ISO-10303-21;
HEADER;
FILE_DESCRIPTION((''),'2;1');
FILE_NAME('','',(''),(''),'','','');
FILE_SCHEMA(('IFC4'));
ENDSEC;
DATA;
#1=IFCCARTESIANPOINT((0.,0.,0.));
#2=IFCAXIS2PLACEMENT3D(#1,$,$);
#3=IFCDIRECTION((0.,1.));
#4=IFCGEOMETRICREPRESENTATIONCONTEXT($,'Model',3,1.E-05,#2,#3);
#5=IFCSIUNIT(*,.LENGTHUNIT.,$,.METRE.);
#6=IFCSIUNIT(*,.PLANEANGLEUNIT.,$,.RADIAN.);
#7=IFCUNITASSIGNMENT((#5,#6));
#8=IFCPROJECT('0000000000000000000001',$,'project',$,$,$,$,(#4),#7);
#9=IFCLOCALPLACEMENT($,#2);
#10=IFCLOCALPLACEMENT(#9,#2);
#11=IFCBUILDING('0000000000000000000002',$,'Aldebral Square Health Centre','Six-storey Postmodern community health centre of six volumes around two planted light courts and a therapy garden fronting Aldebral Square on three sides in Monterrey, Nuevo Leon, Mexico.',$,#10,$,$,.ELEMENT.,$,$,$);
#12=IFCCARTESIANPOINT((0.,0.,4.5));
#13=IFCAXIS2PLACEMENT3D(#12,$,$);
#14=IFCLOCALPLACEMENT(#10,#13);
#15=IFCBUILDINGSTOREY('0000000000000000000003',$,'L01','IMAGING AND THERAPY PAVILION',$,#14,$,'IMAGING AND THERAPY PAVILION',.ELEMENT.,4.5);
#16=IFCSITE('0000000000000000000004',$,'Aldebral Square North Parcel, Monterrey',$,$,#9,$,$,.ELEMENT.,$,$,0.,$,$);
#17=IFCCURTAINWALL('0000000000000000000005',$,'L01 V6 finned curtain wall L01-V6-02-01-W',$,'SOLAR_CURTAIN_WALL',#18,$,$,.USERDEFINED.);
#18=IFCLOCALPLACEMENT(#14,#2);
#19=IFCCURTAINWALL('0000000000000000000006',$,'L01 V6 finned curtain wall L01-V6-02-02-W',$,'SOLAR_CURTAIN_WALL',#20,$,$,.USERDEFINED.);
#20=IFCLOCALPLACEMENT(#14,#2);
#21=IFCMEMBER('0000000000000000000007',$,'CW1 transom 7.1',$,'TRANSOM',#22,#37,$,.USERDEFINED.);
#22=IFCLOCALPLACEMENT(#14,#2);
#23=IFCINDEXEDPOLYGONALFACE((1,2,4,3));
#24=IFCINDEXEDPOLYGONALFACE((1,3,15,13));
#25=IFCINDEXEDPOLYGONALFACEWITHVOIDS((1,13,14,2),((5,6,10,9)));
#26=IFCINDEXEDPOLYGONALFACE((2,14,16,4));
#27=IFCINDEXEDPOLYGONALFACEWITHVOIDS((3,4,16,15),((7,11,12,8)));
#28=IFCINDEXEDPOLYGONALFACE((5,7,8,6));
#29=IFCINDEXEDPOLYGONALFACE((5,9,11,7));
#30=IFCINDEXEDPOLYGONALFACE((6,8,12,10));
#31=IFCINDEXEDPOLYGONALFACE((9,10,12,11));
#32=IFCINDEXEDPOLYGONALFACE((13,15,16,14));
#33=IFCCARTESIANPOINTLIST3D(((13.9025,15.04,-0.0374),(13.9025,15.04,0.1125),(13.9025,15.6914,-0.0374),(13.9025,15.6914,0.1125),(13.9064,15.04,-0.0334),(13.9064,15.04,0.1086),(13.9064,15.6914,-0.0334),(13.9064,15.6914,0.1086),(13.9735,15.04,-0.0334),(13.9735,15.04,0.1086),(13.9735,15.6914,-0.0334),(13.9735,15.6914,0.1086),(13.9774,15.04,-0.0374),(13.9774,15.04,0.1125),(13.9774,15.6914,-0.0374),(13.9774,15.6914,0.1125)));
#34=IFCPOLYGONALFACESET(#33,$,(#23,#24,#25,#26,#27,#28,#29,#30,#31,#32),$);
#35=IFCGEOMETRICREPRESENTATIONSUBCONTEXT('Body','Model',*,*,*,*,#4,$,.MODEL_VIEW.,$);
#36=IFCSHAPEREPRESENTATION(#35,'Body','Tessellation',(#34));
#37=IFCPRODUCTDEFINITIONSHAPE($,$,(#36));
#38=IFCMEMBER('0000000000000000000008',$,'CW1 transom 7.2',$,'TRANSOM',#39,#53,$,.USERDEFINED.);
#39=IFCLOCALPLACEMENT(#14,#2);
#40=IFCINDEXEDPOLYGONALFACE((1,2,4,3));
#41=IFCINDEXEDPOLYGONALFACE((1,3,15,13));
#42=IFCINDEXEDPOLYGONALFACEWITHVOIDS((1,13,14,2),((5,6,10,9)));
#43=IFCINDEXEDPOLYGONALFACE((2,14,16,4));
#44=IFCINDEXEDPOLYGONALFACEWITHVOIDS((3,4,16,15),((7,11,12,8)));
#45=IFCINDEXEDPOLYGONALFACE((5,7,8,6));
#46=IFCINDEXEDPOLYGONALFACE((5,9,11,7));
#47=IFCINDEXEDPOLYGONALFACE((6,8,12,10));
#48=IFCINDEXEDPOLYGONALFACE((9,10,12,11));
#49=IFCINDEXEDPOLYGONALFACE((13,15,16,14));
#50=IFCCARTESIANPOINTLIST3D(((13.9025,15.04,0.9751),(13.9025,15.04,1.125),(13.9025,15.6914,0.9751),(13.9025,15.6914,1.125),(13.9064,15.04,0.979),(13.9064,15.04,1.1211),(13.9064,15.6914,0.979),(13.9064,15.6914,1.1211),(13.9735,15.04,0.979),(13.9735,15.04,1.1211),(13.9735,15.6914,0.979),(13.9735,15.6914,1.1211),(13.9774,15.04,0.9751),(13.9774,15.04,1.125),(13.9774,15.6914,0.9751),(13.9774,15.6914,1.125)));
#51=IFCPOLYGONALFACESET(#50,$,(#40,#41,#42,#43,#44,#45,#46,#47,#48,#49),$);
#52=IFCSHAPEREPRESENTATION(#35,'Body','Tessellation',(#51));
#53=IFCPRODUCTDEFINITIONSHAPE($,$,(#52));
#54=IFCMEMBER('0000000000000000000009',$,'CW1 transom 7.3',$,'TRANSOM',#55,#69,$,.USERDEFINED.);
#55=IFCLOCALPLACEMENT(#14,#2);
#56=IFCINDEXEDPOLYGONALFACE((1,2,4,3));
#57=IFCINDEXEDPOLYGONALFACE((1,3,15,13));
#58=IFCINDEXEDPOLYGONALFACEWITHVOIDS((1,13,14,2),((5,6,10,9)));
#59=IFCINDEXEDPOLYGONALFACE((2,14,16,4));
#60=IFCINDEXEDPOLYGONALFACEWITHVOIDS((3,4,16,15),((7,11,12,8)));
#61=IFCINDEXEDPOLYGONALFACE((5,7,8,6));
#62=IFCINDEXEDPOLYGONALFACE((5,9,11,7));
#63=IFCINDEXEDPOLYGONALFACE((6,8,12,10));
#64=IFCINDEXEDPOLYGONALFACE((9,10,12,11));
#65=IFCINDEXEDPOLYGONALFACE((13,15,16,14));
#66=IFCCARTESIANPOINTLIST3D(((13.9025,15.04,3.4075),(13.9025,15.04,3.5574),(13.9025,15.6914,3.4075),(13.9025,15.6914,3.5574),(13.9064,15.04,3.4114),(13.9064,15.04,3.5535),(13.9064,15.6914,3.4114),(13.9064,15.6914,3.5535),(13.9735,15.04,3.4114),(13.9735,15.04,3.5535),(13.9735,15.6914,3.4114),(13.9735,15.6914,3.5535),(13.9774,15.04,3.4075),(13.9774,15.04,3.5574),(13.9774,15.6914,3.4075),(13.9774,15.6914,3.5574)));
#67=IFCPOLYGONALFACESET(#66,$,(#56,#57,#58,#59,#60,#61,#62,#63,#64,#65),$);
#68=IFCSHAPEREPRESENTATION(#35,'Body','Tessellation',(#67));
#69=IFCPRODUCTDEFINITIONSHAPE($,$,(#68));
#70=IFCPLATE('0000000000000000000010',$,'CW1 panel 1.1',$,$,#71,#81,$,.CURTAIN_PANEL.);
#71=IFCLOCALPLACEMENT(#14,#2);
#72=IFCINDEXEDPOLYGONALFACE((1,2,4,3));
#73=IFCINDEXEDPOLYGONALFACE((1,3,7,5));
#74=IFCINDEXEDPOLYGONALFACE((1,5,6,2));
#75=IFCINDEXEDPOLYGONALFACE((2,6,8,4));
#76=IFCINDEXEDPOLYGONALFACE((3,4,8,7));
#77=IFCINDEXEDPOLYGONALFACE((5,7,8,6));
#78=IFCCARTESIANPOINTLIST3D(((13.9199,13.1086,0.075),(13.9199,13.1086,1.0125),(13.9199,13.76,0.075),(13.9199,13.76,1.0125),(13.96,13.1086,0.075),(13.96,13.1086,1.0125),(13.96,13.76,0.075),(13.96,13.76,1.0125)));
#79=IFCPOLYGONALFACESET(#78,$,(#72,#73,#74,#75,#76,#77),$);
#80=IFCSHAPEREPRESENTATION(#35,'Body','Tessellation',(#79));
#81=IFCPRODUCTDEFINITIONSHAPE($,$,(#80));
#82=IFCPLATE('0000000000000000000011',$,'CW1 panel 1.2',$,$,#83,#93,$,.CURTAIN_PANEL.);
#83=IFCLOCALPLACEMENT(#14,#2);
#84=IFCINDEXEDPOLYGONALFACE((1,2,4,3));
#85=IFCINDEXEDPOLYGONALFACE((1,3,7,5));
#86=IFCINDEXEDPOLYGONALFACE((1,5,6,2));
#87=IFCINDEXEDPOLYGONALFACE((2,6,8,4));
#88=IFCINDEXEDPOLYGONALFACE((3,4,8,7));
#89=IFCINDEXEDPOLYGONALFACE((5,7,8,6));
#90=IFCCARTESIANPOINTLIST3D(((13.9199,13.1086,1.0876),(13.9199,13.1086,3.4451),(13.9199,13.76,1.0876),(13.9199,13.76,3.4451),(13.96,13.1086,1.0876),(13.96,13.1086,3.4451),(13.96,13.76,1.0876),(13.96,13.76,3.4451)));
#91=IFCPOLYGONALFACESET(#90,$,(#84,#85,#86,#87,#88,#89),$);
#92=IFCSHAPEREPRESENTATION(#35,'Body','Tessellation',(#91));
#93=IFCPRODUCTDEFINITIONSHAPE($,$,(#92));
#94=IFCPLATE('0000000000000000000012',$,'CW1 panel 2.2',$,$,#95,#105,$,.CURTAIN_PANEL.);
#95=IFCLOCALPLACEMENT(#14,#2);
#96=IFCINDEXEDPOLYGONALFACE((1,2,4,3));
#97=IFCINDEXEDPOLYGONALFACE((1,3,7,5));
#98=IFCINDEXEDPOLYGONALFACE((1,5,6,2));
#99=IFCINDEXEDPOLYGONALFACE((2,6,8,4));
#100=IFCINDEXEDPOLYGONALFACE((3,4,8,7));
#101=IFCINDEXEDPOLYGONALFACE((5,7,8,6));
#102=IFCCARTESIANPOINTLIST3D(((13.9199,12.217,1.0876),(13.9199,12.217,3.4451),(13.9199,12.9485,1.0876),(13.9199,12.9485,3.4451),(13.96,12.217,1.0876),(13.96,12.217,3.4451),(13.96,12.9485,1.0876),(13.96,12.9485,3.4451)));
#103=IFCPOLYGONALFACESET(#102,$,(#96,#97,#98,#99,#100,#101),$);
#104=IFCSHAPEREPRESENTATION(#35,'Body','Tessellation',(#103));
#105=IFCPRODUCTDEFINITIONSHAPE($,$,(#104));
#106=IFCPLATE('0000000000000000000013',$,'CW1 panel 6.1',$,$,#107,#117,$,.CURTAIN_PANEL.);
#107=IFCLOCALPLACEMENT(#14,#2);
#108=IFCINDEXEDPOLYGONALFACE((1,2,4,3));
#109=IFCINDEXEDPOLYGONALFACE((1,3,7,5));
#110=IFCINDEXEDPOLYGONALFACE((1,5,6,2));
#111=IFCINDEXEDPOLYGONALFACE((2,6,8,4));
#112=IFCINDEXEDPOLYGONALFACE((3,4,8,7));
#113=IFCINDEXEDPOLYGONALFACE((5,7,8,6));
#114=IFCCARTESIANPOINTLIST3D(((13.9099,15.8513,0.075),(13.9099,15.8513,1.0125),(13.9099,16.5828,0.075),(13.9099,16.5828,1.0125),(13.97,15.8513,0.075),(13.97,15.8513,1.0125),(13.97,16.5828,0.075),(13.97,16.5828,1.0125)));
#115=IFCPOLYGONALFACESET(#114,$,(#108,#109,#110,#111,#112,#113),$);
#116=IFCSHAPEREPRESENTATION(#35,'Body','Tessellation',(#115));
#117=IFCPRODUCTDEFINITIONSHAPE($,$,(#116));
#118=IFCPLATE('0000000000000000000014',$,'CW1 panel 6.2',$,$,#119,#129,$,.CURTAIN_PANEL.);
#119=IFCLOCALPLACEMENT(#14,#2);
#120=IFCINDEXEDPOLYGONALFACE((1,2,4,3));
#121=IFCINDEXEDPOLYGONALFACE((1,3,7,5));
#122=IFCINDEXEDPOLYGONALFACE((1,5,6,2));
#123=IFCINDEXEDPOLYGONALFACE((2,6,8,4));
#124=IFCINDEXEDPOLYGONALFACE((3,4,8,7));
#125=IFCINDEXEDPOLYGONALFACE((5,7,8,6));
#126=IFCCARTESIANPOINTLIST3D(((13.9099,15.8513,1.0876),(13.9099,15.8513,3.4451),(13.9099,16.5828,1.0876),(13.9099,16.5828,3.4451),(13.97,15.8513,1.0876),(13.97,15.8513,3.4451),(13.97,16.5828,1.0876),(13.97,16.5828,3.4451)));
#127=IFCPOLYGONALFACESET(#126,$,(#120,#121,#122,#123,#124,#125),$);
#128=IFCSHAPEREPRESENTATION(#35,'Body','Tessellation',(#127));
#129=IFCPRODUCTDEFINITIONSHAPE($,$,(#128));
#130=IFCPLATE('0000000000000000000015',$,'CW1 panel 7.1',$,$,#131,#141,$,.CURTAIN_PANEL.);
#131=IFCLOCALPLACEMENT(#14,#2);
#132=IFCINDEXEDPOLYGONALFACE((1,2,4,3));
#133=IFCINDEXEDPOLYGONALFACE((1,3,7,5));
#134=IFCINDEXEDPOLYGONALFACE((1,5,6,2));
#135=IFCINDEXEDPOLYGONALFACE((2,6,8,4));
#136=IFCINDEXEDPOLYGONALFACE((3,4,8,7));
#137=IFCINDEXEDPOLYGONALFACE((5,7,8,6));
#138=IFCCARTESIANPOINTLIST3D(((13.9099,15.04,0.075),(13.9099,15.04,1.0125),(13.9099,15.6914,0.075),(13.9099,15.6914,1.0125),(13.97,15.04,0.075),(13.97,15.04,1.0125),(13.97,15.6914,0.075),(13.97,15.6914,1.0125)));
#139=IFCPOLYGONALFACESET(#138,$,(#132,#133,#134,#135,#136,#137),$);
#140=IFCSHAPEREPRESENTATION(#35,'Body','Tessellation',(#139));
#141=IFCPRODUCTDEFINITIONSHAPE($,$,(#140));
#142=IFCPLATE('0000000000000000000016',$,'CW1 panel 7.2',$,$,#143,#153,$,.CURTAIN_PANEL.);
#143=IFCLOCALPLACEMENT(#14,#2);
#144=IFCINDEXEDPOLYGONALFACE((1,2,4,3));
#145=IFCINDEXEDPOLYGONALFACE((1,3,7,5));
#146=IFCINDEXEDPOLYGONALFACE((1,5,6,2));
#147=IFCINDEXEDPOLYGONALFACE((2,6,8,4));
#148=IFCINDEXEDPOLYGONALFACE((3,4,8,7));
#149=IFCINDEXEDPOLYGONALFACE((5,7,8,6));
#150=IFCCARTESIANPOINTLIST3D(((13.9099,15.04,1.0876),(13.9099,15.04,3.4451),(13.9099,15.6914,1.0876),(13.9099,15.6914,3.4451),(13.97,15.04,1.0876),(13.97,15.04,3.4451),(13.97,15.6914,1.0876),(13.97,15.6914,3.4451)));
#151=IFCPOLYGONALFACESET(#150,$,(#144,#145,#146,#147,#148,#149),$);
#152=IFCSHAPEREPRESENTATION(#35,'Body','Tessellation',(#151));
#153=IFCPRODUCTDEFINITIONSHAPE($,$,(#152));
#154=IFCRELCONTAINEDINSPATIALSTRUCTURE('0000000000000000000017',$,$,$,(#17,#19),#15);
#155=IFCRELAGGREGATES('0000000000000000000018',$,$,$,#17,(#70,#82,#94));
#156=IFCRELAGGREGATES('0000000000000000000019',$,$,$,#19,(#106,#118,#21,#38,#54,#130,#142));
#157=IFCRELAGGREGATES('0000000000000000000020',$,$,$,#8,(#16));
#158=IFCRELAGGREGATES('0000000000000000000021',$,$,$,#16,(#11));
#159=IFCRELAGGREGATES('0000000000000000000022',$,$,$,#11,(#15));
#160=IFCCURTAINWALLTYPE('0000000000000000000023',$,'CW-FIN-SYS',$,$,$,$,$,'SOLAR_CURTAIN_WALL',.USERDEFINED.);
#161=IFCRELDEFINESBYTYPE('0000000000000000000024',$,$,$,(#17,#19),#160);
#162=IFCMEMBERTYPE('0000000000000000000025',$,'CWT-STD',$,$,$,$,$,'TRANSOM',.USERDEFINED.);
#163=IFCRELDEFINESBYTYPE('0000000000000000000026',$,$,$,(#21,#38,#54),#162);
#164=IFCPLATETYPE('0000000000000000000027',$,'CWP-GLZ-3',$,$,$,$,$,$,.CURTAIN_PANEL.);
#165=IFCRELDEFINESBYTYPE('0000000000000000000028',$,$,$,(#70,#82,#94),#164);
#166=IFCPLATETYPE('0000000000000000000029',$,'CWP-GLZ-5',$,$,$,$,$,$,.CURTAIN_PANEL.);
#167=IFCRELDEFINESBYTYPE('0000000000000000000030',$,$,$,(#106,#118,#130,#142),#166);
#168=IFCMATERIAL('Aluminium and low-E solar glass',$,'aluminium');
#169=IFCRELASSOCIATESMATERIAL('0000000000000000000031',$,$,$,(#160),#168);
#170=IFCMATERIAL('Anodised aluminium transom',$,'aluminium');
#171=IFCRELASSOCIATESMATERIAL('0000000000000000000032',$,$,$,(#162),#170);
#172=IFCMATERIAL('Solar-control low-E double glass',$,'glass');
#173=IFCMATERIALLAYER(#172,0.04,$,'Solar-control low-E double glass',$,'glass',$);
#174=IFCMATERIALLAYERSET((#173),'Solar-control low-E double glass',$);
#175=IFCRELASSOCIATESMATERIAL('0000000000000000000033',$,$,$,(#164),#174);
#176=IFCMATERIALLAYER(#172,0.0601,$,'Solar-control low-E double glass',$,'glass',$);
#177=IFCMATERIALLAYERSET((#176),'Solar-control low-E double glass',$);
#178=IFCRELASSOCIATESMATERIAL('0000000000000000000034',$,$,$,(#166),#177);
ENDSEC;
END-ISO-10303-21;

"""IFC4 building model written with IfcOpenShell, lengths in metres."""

from ifc_helpers import new_model, si_unit, direction, frame, origin, origin_2d, place, context, subcontext, project, spatial, rectangle, hollow_rectangle, extrude, material, layer, layer_set, material_profile, profile_set, type_object, element, aggregate, save


model = new_model("IFC4")

# Units and contexts
model_context = context("Model", 3, precision=1e-05, world=origin(), true_north=direction((0.0, 1.0)))
body_context = subcontext(model_context, "Body", "Model", "MODEL_VIEW")
ifc_project = project(units=[si_unit("LENGTHUNIT", "METRE"), si_unit("PLANEANGLEUNIT", "RADIAN")], contexts=[model_context])

# Site, building, storey
site_placement = place(None, origin())
site = spatial("IfcSite", under=ifc_project, at=site_placement, Name="Aldebral Square North Parcel, Monterrey", CompositionType="ELEMENT", RefElevation=0.0)
building_placement = place(site_placement, origin())
building = spatial("IfcBuilding", under=site, at=building_placement, Name="Aldebral Square Health Centre", Description="Six-storey Postmodern community health centre of six volumes around two planted light courts and a therapy garden fronting Aldebral Square on three sides in Monterrey, Nuevo Leon, Mexico.", CompositionType="ELEMENT")
storey_placement = place(building_placement, frame((0.0, 0.0, 4.5)))
storey = spatial("IfcBuildingStorey", under=building, at=storey_placement, Name="L01", Description="IMAGING AND THERAPY PAVILION", LongName="IMAGING AND THERAPY PAVILION", CompositionType="ELEMENT", Elevation=4.5)

# Curtain walls
ifc_material_1 = material(Name="Aluminium and low-E solar glass", Category="aluminium")
curtain_wall_type = type_object("IfcCurtainWallType", Name="CW-FIN-SYS", ElementType="SOLAR_CURTAIN_WALL", PredefinedType="USERDEFINED", material=ifc_material_1)
curtain_wall_1_placement = place(storey_placement, origin())
curtain_wall_1 = element("IfcCurtainWall", 1, at=curtain_wall_1_placement, inside=storey, type_object=curtain_wall_type, Name="L01 V6 finned curtain wall L01-V6-02-01-W", ObjectType="SOLAR_CURTAIN_WALL", PredefinedType="USERDEFINED")
curtain_wall_2_placement = place(storey_placement, origin())
curtain_wall_2 = element("IfcCurtainWall", 2, at=curtain_wall_2_placement, inside=storey, type_object=curtain_wall_type, Name="L01 V6 finned curtain wall L01-V6-02-02-W", ObjectType="SOLAR_CURTAIN_WALL", PredefinedType="USERDEFINED")

# Members
ifc_material_2 = material(Name="Anodised aluminium transom", Category="aluminium")
ifc_material_profile_1 = material_profile(ifc_material_2, hollow_rectangle(XDim=0.075, YDim=0.1499, WallThickness=0.0039, at=origin_2d()), Name="CWT 75x150x4")
ifc_profile_set_1 = profile_set([ifc_material_profile_1], Name="Anodised aluminium transom")
member_type_1 = type_object("IfcMemberType", Name="CWT-STD", ElementType="TRANSOM", PredefinedType="USERDEFINED", material=ifc_profile_set_1)
member_1_placement = place(storey_placement, frame((13.9399, 15.6914, 0.0376), z_axis=(0.0, -1.0, 0.0), x_axis=(1.0, 0.0, 0.0)))
member_1 = element("IfcMember", 3, at=member_1_placement, type_object=member_type_1, Name="CW1 transom 7.1", ObjectType="TRANSOM", PredefinedType="USERDEFINED", context=body_context, shape_type="SweptSolid", body=[
    extrude(hollow_rectangle(XDim=0.075, YDim=0.1499, WallThickness=0.0039, at=origin_2d()), origin(), (0.0, 0.0, 1.0), 0.6514),
])
member_2_placement = place(storey_placement, frame((13.9399, 15.6914, 1.05), z_axis=(0.0, -1.0, 0.0), x_axis=(1.0, 0.0, 0.0)))
member_2 = element("IfcMember", 4, at=member_2_placement, type_object=member_type_1, Name="CW1 transom 7.2", ObjectType="TRANSOM", PredefinedType="USERDEFINED", context=body_context, shape_type="SweptSolid", body=[
    extrude(hollow_rectangle(XDim=0.075, YDim=0.1499, WallThickness=0.0039, at=origin_2d()), origin(), (0.0, 0.0, 1.0), 0.6514),
])
member_3_placement = place(storey_placement, frame((13.9399, 15.6914, 3.4824), z_axis=(0.0, -1.0, 0.0), x_axis=(1.0, 0.0, 0.0)))
member_3 = element("IfcMember", 5, at=member_3_placement, type_object=member_type_1, Name="CW1 transom 7.3", ObjectType="TRANSOM", PredefinedType="USERDEFINED", context=body_context, shape_type="SweptSolid", body=[
    extrude(hollow_rectangle(XDim=0.075, YDim=0.1499, WallThickness=0.0039, at=origin_2d()), origin(), (0.0, 0.0, 1.0), 0.6514),
])

# Plates
ifc_material_3 = material(Name="Solar-control low-E double glass", Category="glass")
ifc_layer_1 = layer(ifc_material_3, 0.04, Name="Solar-control low-E double glass", Category="glass")
ifc_layer_set_1 = layer_set([ifc_layer_1], Name="Solar-control low-E double glass")
plate_type_1 = type_object("IfcPlateType", Name="CWP-GLZ-3", PredefinedType="CURTAIN_PANEL", material=ifc_layer_set_1)
plate_1_placement = place(storey_placement, frame((13.9399, 13.4343, 0.075), z_axis=(0.0, 0.0, 1.0), x_axis=(0.0, -1.0, 0.0)))
plate_1 = element("IfcPlate", 6, at=plate_1_placement, type_object=plate_type_1, Name="CW1 panel 1.1", PredefinedType="CURTAIN_PANEL", context=body_context, shape_type="SweptSolid", body=[
    extrude(rectangle(XDim=0.6514, YDim=0.04, at=origin_2d()), origin(), (0.0, 0.0, 1.0), 0.9375),
])
plate_2_placement = place(storey_placement, frame((13.9399, 13.4343, 1.0876), z_axis=(0.0, 0.0, 1.0), x_axis=(0.0, -1.0, 0.0)))
plate_2 = element("IfcPlate", 7, at=plate_2_placement, type_object=plate_type_1, Name="CW1 panel 1.2", PredefinedType="CURTAIN_PANEL", context=body_context, shape_type="SweptSolid", body=[
    extrude(rectangle(XDim=0.6514, YDim=0.04, at=origin_2d()), origin(), (0.0, 0.0, 1.0), 2.3574),
])
plate_3_placement = place(storey_placement, frame((13.9399, 12.5828, 1.0876), z_axis=(0.0, 0.0, 1.0), x_axis=(0.0, -1.0, 0.0)))
plate_3 = element("IfcPlate", 8, at=plate_3_placement, type_object=plate_type_1, Name="CW1 panel 2.2", PredefinedType="CURTAIN_PANEL", context=body_context, shape_type="SweptSolid", body=[
    extrude(rectangle(XDim=0.7314, YDim=0.04, at=origin_2d()), origin(), (0.0, 0.0, 1.0), 2.3574),
])
aggregate(curtain_wall_1, [plate_1, plate_2, plate_3])
ifc_layer_2 = layer(ifc_material_3, 0.0601, Name="Solar-control low-E double glass", Category="glass")
ifc_layer_set_2 = layer_set([ifc_layer_2], Name="Solar-control low-E double glass")
plate_type_2 = type_object("IfcPlateType", Name="CWP-GLZ-5", PredefinedType="CURTAIN_PANEL", material=ifc_layer_set_2)
plate_4_placement = place(storey_placement, frame((13.9399, 16.217, 0.075), z_axis=(0.0, 0.0, 1.0), x_axis=(0.0, -1.0, 0.0)))
plate_4 = element("IfcPlate", 9, at=plate_4_placement, type_object=plate_type_2, Name="CW1 panel 6.1", PredefinedType="CURTAIN_PANEL", context=body_context, shape_type="SweptSolid", body=[
    extrude(rectangle(XDim=0.7314, YDim=0.0601, at=origin_2d()), origin(), (0.0, 0.0, 1.0), 0.9375),
])
plate_5_placement = place(storey_placement, frame((13.9399, 16.217, 1.0876), z_axis=(0.0, 0.0, 1.0), x_axis=(0.0, -1.0, 0.0)))
plate_5 = element("IfcPlate", 10, at=plate_5_placement, type_object=plate_type_2, Name="CW1 panel 6.2", PredefinedType="CURTAIN_PANEL", context=body_context, shape_type="SweptSolid", body=[
    extrude(rectangle(XDim=0.7314, YDim=0.0601, at=origin_2d()), origin(), (0.0, 0.0, 1.0), 2.3574),
])
plate_6_placement = place(storey_placement, frame((13.9399, 15.3657, 0.075), z_axis=(0.0, 0.0, 1.0), x_axis=(0.0, -1.0, 0.0)))
plate_6 = element("IfcPlate", 11, at=plate_6_placement, type_object=plate_type_2, Name="CW1 panel 7.1", PredefinedType="CURTAIN_PANEL", context=body_context, shape_type="SweptSolid", body=[
    extrude(rectangle(XDim=0.6514, YDim=0.0601, at=origin_2d()), origin(), (0.0, 0.0, 1.0), 0.9375),
])
plate_7_placement = place(storey_placement, frame((13.9399, 15.3657, 1.0876), z_axis=(0.0, 0.0, 1.0), x_axis=(0.0, -1.0, 0.0)))
plate_7 = element("IfcPlate", 12, at=plate_7_placement, type_object=plate_type_2, Name="CW1 panel 7.2", PredefinedType="CURTAIN_PANEL", context=body_context, shape_type="SweptSolid", body=[
    extrude(rectangle(XDim=0.6514, YDim=0.0601, at=origin_2d()), origin(), (0.0, 0.0, 1.0), 2.3574),
])
aggregate(curtain_wall_2, [plate_4, plate_5, member_1, member_2, member_3, plate_6, plate_7])

save(model, "model.ifc")
